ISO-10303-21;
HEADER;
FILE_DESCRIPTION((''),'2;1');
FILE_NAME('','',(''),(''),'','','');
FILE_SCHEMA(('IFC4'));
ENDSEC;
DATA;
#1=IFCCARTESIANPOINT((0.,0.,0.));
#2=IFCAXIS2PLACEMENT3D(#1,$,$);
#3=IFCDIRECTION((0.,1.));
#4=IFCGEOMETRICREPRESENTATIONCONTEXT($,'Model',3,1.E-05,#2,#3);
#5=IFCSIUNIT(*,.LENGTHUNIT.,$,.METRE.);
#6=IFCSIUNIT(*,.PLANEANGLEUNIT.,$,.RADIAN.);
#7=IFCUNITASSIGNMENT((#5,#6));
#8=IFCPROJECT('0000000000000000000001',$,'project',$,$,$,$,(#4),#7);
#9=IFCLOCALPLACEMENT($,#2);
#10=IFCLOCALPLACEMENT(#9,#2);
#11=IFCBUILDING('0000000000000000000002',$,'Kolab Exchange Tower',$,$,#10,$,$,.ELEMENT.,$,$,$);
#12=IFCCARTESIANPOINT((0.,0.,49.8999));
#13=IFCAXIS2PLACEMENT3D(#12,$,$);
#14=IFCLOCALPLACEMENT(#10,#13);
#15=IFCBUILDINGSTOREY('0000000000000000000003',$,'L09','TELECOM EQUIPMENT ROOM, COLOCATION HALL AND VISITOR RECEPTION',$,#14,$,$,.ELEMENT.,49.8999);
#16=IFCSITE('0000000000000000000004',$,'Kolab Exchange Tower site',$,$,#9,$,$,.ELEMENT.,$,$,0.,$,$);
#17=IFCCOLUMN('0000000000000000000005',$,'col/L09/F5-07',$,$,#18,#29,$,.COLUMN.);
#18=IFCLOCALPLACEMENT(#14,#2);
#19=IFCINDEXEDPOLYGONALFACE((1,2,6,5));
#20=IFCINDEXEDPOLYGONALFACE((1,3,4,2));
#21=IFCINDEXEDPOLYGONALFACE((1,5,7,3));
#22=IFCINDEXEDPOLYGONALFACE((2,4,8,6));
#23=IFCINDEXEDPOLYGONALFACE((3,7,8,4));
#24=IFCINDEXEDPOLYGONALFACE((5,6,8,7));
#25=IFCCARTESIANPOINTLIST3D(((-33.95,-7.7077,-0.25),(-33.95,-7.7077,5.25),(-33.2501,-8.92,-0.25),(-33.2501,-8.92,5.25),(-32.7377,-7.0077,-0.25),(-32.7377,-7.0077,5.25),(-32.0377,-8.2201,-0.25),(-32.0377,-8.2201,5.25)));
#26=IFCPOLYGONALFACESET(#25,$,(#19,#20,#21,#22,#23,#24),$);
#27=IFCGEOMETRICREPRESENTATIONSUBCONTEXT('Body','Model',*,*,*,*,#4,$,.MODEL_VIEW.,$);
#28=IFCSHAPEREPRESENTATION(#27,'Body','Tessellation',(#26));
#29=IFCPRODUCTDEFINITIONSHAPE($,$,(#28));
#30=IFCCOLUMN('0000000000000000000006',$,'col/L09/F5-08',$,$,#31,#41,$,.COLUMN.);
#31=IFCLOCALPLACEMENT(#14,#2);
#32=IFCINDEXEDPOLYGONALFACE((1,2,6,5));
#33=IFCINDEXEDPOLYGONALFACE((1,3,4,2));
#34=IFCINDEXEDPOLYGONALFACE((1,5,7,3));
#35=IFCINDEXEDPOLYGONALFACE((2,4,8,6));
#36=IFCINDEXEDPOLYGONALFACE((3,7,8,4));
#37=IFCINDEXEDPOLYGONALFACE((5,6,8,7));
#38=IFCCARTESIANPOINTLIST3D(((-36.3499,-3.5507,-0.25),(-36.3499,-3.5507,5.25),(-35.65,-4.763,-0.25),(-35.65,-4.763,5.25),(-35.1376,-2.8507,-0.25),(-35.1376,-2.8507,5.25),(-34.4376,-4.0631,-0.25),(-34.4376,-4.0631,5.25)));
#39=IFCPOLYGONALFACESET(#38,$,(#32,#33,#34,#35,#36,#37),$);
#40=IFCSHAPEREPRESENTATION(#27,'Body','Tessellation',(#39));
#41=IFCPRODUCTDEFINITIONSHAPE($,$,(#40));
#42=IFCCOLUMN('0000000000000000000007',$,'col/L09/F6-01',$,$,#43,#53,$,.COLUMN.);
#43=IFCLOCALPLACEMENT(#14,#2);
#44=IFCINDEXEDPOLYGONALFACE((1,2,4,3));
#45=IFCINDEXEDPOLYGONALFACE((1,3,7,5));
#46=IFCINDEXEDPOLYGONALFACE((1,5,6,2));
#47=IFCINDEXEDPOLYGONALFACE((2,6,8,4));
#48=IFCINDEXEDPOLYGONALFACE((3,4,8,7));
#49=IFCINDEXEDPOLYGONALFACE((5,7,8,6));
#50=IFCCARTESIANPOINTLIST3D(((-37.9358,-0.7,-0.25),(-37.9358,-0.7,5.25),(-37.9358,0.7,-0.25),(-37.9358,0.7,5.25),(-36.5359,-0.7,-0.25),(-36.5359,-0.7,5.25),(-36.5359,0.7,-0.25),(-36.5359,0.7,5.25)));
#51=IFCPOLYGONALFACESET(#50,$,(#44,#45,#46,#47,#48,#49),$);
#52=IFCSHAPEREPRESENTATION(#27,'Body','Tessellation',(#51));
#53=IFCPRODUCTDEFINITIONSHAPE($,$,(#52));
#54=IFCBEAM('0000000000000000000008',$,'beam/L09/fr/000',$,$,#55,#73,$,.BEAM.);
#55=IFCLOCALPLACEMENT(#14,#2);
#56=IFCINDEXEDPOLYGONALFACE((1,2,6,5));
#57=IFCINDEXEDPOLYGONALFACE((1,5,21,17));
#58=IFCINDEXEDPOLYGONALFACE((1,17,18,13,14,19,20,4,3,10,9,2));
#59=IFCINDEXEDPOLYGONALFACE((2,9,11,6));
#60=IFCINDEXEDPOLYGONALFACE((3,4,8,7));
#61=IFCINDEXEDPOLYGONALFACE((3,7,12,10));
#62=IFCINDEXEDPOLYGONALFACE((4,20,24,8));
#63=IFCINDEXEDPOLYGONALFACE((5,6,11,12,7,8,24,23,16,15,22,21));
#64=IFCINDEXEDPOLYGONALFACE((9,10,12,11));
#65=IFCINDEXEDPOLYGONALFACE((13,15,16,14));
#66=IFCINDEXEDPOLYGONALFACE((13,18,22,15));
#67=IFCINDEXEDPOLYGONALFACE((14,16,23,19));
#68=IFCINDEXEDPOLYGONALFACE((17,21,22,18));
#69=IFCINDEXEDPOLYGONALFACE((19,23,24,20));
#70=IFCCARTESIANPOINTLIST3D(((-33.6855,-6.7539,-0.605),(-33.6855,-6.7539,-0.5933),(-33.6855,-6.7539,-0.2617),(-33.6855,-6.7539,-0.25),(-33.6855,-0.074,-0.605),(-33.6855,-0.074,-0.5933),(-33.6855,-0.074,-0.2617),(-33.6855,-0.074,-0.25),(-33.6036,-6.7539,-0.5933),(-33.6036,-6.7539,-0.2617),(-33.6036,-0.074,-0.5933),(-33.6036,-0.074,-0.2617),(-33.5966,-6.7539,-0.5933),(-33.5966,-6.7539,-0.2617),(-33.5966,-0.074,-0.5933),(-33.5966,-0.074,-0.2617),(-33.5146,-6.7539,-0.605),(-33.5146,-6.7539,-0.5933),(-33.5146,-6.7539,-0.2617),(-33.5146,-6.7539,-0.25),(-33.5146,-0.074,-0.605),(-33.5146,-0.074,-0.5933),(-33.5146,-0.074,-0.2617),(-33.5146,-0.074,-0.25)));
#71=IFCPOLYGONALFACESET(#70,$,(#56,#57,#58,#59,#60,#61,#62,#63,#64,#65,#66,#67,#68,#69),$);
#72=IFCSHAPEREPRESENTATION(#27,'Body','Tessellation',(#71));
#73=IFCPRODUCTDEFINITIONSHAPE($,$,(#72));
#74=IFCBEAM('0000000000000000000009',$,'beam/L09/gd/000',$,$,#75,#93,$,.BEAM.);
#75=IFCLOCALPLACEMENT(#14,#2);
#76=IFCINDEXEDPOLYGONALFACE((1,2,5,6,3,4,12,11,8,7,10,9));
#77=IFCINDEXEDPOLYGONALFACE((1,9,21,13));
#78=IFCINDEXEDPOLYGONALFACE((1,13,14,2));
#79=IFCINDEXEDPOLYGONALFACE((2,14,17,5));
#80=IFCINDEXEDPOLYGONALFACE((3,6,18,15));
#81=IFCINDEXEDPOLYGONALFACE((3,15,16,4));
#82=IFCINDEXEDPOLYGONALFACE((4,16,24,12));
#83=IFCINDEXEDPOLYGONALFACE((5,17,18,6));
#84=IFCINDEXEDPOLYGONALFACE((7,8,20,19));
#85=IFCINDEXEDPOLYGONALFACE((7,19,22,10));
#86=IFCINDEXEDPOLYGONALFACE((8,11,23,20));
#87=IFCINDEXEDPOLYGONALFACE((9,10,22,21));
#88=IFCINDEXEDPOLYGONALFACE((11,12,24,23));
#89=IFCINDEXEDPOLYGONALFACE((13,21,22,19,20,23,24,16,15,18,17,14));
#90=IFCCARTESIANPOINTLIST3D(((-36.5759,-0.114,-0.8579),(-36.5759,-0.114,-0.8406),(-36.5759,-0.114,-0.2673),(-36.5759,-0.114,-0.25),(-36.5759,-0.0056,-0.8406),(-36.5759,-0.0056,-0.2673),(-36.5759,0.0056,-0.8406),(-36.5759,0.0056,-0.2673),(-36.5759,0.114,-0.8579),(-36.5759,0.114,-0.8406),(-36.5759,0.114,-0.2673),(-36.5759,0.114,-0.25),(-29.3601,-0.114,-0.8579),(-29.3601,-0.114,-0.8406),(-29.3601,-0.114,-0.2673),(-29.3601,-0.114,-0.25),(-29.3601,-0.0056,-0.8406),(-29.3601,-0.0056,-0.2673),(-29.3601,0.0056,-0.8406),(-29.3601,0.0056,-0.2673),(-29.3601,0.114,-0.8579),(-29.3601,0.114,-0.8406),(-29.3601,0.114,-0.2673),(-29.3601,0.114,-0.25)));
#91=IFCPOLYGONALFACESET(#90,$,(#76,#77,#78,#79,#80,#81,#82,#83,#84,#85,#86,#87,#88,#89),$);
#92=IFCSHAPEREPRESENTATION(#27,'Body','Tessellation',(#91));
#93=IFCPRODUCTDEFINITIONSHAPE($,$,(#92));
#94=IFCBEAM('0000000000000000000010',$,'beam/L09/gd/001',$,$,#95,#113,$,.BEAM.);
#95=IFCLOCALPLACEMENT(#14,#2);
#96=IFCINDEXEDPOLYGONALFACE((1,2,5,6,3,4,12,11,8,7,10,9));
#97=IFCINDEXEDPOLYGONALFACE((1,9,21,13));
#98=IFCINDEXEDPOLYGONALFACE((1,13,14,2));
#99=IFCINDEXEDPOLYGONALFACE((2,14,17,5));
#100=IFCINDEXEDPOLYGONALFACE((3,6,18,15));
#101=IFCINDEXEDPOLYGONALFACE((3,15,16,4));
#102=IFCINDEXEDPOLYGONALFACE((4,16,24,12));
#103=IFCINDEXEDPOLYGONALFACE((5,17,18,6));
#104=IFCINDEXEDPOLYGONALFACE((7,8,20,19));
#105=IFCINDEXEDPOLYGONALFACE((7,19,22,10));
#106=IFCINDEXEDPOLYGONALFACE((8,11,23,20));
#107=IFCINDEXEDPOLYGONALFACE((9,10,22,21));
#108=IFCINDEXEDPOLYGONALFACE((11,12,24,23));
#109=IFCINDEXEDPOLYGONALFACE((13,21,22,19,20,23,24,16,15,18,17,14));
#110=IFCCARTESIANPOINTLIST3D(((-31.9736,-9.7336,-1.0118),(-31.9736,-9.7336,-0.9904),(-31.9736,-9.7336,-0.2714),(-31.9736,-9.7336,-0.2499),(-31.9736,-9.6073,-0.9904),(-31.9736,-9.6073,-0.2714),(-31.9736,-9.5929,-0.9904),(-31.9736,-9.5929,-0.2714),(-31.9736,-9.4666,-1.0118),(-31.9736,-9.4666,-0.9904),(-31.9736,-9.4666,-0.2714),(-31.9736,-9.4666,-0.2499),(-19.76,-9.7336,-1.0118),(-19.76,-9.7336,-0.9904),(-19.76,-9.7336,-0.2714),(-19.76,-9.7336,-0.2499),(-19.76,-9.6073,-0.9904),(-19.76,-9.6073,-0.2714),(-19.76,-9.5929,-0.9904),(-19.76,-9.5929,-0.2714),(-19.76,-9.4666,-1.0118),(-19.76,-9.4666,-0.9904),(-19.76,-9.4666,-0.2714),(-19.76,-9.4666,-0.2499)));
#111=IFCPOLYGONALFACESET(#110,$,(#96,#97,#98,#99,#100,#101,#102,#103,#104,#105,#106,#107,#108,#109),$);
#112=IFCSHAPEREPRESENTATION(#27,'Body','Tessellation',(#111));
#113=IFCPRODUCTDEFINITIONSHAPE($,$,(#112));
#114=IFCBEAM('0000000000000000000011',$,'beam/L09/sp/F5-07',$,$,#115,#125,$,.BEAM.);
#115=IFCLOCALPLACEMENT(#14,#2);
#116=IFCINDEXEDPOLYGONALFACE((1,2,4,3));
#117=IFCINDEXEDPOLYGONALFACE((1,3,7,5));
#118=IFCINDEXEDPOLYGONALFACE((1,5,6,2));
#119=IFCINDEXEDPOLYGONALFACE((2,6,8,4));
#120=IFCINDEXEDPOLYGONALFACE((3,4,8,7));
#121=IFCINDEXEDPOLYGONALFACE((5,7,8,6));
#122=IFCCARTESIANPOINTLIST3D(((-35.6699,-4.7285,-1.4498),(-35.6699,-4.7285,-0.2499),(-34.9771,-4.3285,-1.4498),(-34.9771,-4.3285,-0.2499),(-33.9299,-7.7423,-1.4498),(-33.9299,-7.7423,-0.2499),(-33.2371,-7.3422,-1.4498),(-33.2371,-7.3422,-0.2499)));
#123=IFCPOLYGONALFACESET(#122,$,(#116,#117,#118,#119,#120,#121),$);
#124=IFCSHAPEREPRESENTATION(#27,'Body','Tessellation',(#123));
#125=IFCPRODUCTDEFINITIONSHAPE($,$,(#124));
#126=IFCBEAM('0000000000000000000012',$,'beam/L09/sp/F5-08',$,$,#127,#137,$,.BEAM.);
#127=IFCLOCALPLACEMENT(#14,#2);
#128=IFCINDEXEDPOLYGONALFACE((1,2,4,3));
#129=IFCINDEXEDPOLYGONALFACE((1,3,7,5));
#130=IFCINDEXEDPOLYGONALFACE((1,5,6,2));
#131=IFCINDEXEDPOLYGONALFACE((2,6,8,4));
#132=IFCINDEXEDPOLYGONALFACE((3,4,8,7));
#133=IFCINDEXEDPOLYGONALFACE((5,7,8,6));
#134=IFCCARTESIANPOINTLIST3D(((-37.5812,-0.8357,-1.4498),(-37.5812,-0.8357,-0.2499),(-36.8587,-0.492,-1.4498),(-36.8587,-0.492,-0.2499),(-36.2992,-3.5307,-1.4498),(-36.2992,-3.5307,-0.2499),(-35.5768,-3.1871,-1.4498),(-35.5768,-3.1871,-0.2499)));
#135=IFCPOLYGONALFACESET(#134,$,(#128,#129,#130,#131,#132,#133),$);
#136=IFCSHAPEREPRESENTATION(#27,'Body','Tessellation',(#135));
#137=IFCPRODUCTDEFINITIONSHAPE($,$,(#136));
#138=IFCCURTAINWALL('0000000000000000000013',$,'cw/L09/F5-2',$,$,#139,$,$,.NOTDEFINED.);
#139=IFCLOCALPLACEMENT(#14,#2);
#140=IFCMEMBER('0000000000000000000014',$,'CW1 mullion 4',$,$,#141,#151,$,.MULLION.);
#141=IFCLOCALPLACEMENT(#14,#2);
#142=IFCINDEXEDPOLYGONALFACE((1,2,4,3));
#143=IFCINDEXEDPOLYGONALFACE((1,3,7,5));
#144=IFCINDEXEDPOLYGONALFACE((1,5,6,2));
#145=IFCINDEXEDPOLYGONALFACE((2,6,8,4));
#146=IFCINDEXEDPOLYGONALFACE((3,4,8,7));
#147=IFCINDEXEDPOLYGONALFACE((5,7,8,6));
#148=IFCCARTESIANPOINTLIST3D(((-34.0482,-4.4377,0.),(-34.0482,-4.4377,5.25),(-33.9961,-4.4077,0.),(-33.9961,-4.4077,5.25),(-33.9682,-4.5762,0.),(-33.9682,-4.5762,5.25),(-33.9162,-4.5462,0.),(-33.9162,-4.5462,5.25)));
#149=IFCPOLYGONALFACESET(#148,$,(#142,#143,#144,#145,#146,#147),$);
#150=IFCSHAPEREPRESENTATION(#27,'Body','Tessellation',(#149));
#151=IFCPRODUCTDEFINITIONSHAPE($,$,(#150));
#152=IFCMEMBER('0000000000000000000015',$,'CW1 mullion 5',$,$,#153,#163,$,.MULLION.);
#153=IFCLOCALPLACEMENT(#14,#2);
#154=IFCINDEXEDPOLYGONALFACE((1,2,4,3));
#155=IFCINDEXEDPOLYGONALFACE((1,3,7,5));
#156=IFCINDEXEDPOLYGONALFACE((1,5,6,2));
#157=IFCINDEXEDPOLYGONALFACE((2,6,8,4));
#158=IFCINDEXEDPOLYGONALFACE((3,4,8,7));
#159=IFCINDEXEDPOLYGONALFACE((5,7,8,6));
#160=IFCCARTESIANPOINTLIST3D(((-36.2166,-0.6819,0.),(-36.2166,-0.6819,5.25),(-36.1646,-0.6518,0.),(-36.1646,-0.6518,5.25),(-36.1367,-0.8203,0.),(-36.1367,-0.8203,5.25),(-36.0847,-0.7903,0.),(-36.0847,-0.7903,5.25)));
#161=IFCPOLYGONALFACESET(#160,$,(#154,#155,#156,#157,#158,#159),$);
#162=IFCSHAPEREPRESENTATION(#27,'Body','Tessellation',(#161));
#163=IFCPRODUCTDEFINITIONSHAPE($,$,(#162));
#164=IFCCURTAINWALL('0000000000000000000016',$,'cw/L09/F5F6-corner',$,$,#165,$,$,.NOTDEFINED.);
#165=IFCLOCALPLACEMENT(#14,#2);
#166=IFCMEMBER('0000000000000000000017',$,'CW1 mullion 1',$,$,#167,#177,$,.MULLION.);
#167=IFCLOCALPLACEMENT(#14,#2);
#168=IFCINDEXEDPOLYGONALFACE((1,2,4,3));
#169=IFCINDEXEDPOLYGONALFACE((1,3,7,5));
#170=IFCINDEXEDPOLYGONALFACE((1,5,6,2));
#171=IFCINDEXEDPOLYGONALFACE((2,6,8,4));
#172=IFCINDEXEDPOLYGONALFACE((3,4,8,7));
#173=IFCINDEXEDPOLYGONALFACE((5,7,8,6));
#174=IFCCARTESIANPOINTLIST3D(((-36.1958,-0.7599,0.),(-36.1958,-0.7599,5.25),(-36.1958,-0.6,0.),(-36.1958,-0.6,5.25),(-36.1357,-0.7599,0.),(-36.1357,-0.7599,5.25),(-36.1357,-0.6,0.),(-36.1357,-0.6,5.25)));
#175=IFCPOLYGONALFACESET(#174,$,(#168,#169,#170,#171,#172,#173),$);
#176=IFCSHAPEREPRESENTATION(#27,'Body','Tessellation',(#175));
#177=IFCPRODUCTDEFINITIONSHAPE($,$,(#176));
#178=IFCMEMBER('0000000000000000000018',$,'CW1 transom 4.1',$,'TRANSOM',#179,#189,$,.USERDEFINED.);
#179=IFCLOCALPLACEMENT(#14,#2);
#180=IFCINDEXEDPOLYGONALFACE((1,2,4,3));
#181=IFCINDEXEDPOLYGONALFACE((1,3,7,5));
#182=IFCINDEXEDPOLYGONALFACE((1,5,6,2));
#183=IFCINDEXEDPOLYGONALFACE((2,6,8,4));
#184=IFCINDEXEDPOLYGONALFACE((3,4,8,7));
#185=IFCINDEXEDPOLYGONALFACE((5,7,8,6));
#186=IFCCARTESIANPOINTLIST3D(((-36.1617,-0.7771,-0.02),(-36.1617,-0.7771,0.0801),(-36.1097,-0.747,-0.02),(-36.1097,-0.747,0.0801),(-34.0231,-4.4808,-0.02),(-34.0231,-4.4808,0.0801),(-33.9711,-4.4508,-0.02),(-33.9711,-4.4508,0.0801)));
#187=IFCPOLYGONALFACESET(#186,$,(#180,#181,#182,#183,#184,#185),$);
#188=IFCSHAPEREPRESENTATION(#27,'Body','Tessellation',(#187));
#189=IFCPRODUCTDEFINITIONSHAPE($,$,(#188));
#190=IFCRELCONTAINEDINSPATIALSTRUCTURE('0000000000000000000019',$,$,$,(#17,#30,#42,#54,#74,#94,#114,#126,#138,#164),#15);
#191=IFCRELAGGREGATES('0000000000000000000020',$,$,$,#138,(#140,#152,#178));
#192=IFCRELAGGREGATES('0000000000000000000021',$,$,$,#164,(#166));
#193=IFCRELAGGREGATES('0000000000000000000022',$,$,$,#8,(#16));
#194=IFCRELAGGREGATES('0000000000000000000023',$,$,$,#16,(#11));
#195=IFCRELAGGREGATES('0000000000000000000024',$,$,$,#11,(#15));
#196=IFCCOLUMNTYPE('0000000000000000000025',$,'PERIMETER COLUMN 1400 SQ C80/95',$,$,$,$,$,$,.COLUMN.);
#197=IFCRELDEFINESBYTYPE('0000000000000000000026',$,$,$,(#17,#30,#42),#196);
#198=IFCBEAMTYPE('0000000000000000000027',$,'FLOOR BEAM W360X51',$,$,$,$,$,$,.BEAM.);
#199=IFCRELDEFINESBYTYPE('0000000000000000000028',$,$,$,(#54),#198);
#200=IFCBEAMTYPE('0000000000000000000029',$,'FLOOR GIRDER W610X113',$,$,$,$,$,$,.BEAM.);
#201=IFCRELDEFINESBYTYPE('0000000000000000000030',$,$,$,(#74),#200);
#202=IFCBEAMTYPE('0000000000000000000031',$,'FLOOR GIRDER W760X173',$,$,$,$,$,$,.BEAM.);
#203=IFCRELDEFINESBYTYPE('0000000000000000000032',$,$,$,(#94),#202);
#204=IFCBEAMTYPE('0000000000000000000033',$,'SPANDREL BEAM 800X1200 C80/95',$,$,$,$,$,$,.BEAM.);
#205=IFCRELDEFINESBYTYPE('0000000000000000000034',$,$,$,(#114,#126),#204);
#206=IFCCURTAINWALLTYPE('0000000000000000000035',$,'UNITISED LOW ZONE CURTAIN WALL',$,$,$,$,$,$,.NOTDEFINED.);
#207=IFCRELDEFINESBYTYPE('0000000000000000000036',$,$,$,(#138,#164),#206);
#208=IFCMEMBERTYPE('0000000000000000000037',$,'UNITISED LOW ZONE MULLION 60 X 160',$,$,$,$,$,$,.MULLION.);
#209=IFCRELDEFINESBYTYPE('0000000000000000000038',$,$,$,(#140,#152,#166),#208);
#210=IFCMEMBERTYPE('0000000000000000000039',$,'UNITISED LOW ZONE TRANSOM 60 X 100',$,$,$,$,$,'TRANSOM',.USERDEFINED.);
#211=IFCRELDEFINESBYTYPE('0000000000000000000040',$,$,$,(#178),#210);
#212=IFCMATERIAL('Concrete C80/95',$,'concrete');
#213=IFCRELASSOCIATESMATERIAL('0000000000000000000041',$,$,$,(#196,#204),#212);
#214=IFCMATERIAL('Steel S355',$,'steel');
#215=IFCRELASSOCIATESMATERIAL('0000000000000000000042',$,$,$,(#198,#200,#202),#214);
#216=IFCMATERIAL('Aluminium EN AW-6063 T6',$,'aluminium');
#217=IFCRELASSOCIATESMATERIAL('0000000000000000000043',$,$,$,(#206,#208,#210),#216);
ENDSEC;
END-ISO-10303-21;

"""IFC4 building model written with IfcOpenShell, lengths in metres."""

from ifc_helpers import new_model, si_unit, direction, frame, origin, origin_2d, place, context, subcontext, project, spatial, rectangle, i_section, extrude, material, material_profile, profile_set, type_object, element, aggregate, save


model = new_model("IFC4")

# Units and contexts
model_context = context("Model", 3, precision=1e-05, world=origin(), true_north=direction((0.0, 1.0)))
body_context = subcontext(model_context, "Body", "Model", "MODEL_VIEW")
ifc_project = project(units=[si_unit("LENGTHUNIT", "METRE"), si_unit("PLANEANGLEUNIT", "RADIAN")], contexts=[model_context])

# Site, building, storey
site_placement = place(None, origin())
site = spatial("IfcSite", under=ifc_project, at=site_placement, Name="Kolab Exchange Tower site", CompositionType="ELEMENT", RefElevation=0.0)
building_placement = place(site_placement, origin())
building = spatial("IfcBuilding", under=site, at=building_placement, Name="Kolab Exchange Tower", CompositionType="ELEMENT")
storey_placement = place(building_placement, frame((0.0, 0.0, 49.8999)))
storey = spatial("IfcBuildingStorey", under=building, at=storey_placement, Name="L09", Description="TELECOM EQUIPMENT ROOM, COLOCATION HALL AND VISITOR RECEPTION", CompositionType="ELEMENT", Elevation=49.8999)

# Columns
ifc_material_1 = material(Name="Concrete C80/95", Category="concrete")
ifc_material_profile_1 = material_profile(ifc_material_1, rectangle(XDim=1.3999, YDim=1.3999, at=origin_2d()), Name="RC1400")
ifc_profile_set_1 = profile_set([ifc_material_profile_1], Name="Concrete C80/95")
column_type = type_object("IfcColumnType", Name="PERIMETER COLUMN 1400 SQ C80/95", PredefinedType="COLUMN", material=ifc_profile_set_1)
for number, where, z_axis, x_axis, name in (
    (1, (-32.9939, -7.9639, -0.25), (0.0, 0.0, 1.0), (0.866025, 0.5, 0.0), "col/L09/F5-07"),
    (2, (-35.3938, -3.8069, -0.25), (0.0, 0.0, 1.0), (0.866025, 0.5, 0.0), "col/L09/F5-08"),
    (3, (-37.2358, 0.0, -0.25), (0.0, 0.0, 1.0), (1.0, 0.0, 0.0), "col/L09/F6-01"),
):
    element("IfcColumn", number, at=place(storey_placement, frame(where, z_axis=z_axis, x_axis=x_axis)), inside=storey, type_object=column_type, Name=name, PredefinedType="COLUMN", context=body_context, shape_type="SweptSolid", body=[
        extrude(rectangle(XDim=1.3999, YDim=1.3999, at=origin_2d()), origin(), (0.0, 0.0, 1.0), 5.5),
    ])

# Beams
ifc_material_2 = material(Name="Steel S355", Category="steel")
ifc_material_profile_2 = material_profile(ifc_material_2, i_section(OverallWidth=0.1709, OverallDepth=0.355, WebThickness=0.0071, FlangeThickness=0.0117, at=origin_2d()), Name="W360X51")
ifc_profile_set_2 = profile_set([ifc_material_profile_2], Name="Steel S355")
beam_type_1 = type_object("IfcBeamType", Name="FLOOR BEAM W360X51", PredefinedType="BEAM", material=ifc_profile_set_2)
beam_1_placement = place(storey_placement, frame((-33.6001, -6.7539, -0.4275), z_axis=(0.0, 1.0, 0.0), x_axis=(-1.0, 0.0, 0.0)))
element("IfcBeam", 4, at=beam_1_placement, inside=storey, type_object=beam_type_1, Name="beam/L09/fr/000", PredefinedType="BEAM", context=body_context, shape_type="SweptSolid", body=[
    extrude(i_section(OverallWidth=0.1709, OverallDepth=0.355, WebThickness=0.0071, FlangeThickness=0.0117, at=origin_2d()), origin(), (0.0, 0.0, 1.0), 6.6799),
])
ifc_material_profile_3 = material_profile(ifc_material_2, i_section(OverallWidth=0.228, OverallDepth=0.6079, WebThickness=0.0112, FlangeThickness=0.0173, at=origin_2d()), Name="W610X113")
ifc_profile_set_3 = profile_set([ifc_material_profile_3], Name="Steel S355")
beam_type_2 = type_object("IfcBeamType", Name="FLOOR GIRDER W610X113", PredefinedType="BEAM", material=ifc_profile_set_3)
beam_2_placement = place(storey_placement, frame((-36.5759, 0.0, -0.554), z_axis=(1.0, 0.0, 0.0), x_axis=(0.0, 1.0, 0.0)))
element("IfcBeam", 5, at=beam_2_placement, inside=storey, type_object=beam_type_2, Name="beam/L09/gd/000", PredefinedType="BEAM", context=body_context, shape_type="SweptSolid", body=[
    extrude(i_section(OverallWidth=0.228, OverallDepth=0.6079, WebThickness=0.0112, FlangeThickness=0.0173, at=origin_2d()), origin(), (0.0, 0.0, 1.0), 7.2158),
])
ifc_material_profile_4 = material_profile(ifc_material_2, i_section(OverallWidth=0.2671, OverallDepth=0.762, WebThickness=0.0144, FlangeThickness=0.0215, at=origin_2d()), Name="W760X173")
ifc_profile_set_4 = profile_set([ifc_material_profile_4], Name="Steel S355")
beam_type_3 = type_object("IfcBeamType", Name="FLOOR GIRDER W760X173", PredefinedType="BEAM", material=ifc_profile_set_4)
beam_3_placement = place(storey_placement, frame((-31.9736, -9.6001, -0.6309), z_axis=(1.0, 0.0, 0.0), x_axis=(0.0, 1.0, 0.0)))
element("IfcBeam", 6, at=beam_3_placement, inside=storey, type_object=beam_type_3, Name="beam/L09/gd/001", PredefinedType="BEAM", context=body_context, shape_type="SweptSolid", body=[
    extrude(i_section(OverallWidth=0.2671, OverallDepth=0.762, WebThickness=0.0144, FlangeThickness=0.0215, at=origin_2d()), origin(), (0.0, 0.0, 1.0), 12.2136),
])
ifc_material_profile_5 = material_profile(ifc_material_1, rectangle(XDim=0.8, YDim=1.2, at=origin_2d()), Name="RC800X1200")
ifc_profile_set_5 = profile_set([ifc_material_profile_5], Name="Concrete C80/95")
beam_type_4 = type_object("IfcBeamType", Name="SPANDREL BEAM 800X1200 C80/95", PredefinedType="BEAM", material=ifc_profile_set_5)
beam_4_placement = place(storey_placement, frame((-33.5835, -7.5422, -0.8499), z_axis=(-0.50001, 0.86602, 0.0), x_axis=(-0.86602, -0.50001, 0.0)))
element("IfcBeam", 7, at=beam_4_placement, inside=storey, type_object=beam_type_4, Name="beam/L09/sp/F5-07", PredefinedType="BEAM", context=body_context, shape_type="SweptSolid", body=[
    extrude(rectangle(XDim=0.8, YDim=1.2, at=origin_2d()), origin(), (0.0, 0.0, 1.0), 3.48),
])
beam_5_placement = place(storey_placement, frame((-35.938, -3.3589, -0.8499), z_axis=(-0.429556, 0.90304, 0.0), x_axis=(-0.90304, -0.429556, 0.0)))
element("IfcBeam", 8, at=beam_5_placement, inside=storey, type_object=beam_type_4, Name="beam/L09/sp/F5-08", PredefinedType="BEAM", context=body_context, shape_type="SweptSolid", body=[
    extrude(rectangle(XDim=0.8, YDim=1.2, at=origin_2d()), origin(), (0.0, 0.0, 1.0), 2.9844),
])

# Curtain wall, members
ifc_material_3 = material(Name="Aluminium EN AW-6063 T6", Category="aluminium")
curtain_wall_type = type_object("IfcCurtainWallType", Name="UNITISED LOW ZONE CURTAIN WALL", PredefinedType="NOTDEFINED", material=ifc_material_3)
curtain_wall_1_placement = place(storey_placement, origin())
curtain_wall_1 = element("IfcCurtainWall", 9, at=curtain_wall_1_placement, inside=storey, type_object=curtain_wall_type, Name="cw/L09/F5-2", PredefinedType="NOTDEFINED")
ifc_material_profile_6 = material_profile(ifc_material_3, rectangle(XDim=0.0601, YDim=0.1599, at=origin_2d()), Name="RECT 60X160")
ifc_profile_set_6 = profile_set([ifc_material_profile_6], Name="Aluminium EN AW-6063 T6")
member_type_1 = type_object("IfcMemberType", Name="UNITISED LOW ZONE MULLION 60 X 160", PredefinedType="MULLION", material=ifc_profile_set_6)
member_1_placement = place(storey_placement, frame((-33.9822, -4.4919, 0.0), z_axis=(0.0, 0.0, 1.0), x_axis=(-0.866025, -0.5, 0.0)))
member_1 = element("IfcMember", 10, at=member_1_placement, type_object=member_type_1, Name="CW1 mullion 4", PredefinedType="MULLION", context=body_context, shape_type="SweptSolid", body=[
    extrude(rectangle(XDim=0.0601, YDim=0.1599, at=origin_2d()), origin(), (0.0, 0.0, 1.0), 5.25),
])
member_2_placement = place(storey_placement, frame((-36.1506, -0.7361, 0.0), z_axis=(0.0, 0.0, 1.0), x_axis=(-0.866025, -0.5, 0.0)))
member_2 = element("IfcMember", 11, at=member_2_placement, type_object=member_type_1, Name="CW1 mullion 5", PredefinedType="MULLION", context=body_context, shape_type="SweptSolid", body=[
    extrude(rectangle(XDim=0.0601, YDim=0.1599, at=origin_2d()), origin(), (0.0, 0.0, 1.0), 5.25),
])

# Curtain wall, member
curtain_wall_2_placement = place(storey_placement, origin())
curtain_wall_2 = element("IfcCurtainWall", 12, at=curtain_wall_2_placement, inside=storey, type_object=curtain_wall_type, Name="cw/L09/F5F6-corner", PredefinedType="NOTDEFINED")
member_3_placement = place(storey_placement, frame((-36.1658, -0.6799, 0.0), z_axis=(0.0, 0.0, 1.0), x_axis=(-1.0, 0.0, 0.0)))
member_3 = element("IfcMember", 13, at=member_3_placement, type_object=member_type_1, Name="CW1 mullion 1", PredefinedType="MULLION", context=body_context, shape_type="SweptSolid", body=[
    extrude(rectangle(XDim=0.0601, YDim=0.1599, at=origin_2d()), origin(), (0.0, 0.0, 1.0), 5.25),
])

# Member
ifc_material_profile_7 = material_profile(ifc_material_3, rectangle(XDim=0.0601, YDim=0.1001, at=origin_2d()), Name="RECT 60X100")
ifc_profile_set_7 = profile_set([ifc_material_profile_7], Name="Aluminium EN AW-6063 T6")
member_type_2 = type_object("IfcMemberType", Name="UNITISED LOW ZONE TRANSOM 60 X 100", ElementType="TRANSOM", PredefinedType="USERDEFINED", material=ifc_profile_set_7)
member_4_placement = place(storey_placement, frame((-33.9971, -4.4658, 0.03), z_axis=(-0.500044, 0.866, 0.0), x_axis=(-0.866, -0.500044, 0.0)))
member_4 = element("IfcMember", 14, at=member_4_placement, type_object=member_type_2, Name="CW1 transom 4.1", ObjectType="TRANSOM", PredefinedType="USERDEFINED", context=body_context, shape_type="SweptSolid", body=[
    extrude(rectangle(XDim=0.0601, YDim=0.1001, at=origin_2d()), origin(), (0.0, 0.0, 1.0), 4.2769),
])

aggregate(curtain_wall_1, [member_1, member_2, member_4])
aggregate(curtain_wall_2, [member_3])

save(model, "model.ifc")
